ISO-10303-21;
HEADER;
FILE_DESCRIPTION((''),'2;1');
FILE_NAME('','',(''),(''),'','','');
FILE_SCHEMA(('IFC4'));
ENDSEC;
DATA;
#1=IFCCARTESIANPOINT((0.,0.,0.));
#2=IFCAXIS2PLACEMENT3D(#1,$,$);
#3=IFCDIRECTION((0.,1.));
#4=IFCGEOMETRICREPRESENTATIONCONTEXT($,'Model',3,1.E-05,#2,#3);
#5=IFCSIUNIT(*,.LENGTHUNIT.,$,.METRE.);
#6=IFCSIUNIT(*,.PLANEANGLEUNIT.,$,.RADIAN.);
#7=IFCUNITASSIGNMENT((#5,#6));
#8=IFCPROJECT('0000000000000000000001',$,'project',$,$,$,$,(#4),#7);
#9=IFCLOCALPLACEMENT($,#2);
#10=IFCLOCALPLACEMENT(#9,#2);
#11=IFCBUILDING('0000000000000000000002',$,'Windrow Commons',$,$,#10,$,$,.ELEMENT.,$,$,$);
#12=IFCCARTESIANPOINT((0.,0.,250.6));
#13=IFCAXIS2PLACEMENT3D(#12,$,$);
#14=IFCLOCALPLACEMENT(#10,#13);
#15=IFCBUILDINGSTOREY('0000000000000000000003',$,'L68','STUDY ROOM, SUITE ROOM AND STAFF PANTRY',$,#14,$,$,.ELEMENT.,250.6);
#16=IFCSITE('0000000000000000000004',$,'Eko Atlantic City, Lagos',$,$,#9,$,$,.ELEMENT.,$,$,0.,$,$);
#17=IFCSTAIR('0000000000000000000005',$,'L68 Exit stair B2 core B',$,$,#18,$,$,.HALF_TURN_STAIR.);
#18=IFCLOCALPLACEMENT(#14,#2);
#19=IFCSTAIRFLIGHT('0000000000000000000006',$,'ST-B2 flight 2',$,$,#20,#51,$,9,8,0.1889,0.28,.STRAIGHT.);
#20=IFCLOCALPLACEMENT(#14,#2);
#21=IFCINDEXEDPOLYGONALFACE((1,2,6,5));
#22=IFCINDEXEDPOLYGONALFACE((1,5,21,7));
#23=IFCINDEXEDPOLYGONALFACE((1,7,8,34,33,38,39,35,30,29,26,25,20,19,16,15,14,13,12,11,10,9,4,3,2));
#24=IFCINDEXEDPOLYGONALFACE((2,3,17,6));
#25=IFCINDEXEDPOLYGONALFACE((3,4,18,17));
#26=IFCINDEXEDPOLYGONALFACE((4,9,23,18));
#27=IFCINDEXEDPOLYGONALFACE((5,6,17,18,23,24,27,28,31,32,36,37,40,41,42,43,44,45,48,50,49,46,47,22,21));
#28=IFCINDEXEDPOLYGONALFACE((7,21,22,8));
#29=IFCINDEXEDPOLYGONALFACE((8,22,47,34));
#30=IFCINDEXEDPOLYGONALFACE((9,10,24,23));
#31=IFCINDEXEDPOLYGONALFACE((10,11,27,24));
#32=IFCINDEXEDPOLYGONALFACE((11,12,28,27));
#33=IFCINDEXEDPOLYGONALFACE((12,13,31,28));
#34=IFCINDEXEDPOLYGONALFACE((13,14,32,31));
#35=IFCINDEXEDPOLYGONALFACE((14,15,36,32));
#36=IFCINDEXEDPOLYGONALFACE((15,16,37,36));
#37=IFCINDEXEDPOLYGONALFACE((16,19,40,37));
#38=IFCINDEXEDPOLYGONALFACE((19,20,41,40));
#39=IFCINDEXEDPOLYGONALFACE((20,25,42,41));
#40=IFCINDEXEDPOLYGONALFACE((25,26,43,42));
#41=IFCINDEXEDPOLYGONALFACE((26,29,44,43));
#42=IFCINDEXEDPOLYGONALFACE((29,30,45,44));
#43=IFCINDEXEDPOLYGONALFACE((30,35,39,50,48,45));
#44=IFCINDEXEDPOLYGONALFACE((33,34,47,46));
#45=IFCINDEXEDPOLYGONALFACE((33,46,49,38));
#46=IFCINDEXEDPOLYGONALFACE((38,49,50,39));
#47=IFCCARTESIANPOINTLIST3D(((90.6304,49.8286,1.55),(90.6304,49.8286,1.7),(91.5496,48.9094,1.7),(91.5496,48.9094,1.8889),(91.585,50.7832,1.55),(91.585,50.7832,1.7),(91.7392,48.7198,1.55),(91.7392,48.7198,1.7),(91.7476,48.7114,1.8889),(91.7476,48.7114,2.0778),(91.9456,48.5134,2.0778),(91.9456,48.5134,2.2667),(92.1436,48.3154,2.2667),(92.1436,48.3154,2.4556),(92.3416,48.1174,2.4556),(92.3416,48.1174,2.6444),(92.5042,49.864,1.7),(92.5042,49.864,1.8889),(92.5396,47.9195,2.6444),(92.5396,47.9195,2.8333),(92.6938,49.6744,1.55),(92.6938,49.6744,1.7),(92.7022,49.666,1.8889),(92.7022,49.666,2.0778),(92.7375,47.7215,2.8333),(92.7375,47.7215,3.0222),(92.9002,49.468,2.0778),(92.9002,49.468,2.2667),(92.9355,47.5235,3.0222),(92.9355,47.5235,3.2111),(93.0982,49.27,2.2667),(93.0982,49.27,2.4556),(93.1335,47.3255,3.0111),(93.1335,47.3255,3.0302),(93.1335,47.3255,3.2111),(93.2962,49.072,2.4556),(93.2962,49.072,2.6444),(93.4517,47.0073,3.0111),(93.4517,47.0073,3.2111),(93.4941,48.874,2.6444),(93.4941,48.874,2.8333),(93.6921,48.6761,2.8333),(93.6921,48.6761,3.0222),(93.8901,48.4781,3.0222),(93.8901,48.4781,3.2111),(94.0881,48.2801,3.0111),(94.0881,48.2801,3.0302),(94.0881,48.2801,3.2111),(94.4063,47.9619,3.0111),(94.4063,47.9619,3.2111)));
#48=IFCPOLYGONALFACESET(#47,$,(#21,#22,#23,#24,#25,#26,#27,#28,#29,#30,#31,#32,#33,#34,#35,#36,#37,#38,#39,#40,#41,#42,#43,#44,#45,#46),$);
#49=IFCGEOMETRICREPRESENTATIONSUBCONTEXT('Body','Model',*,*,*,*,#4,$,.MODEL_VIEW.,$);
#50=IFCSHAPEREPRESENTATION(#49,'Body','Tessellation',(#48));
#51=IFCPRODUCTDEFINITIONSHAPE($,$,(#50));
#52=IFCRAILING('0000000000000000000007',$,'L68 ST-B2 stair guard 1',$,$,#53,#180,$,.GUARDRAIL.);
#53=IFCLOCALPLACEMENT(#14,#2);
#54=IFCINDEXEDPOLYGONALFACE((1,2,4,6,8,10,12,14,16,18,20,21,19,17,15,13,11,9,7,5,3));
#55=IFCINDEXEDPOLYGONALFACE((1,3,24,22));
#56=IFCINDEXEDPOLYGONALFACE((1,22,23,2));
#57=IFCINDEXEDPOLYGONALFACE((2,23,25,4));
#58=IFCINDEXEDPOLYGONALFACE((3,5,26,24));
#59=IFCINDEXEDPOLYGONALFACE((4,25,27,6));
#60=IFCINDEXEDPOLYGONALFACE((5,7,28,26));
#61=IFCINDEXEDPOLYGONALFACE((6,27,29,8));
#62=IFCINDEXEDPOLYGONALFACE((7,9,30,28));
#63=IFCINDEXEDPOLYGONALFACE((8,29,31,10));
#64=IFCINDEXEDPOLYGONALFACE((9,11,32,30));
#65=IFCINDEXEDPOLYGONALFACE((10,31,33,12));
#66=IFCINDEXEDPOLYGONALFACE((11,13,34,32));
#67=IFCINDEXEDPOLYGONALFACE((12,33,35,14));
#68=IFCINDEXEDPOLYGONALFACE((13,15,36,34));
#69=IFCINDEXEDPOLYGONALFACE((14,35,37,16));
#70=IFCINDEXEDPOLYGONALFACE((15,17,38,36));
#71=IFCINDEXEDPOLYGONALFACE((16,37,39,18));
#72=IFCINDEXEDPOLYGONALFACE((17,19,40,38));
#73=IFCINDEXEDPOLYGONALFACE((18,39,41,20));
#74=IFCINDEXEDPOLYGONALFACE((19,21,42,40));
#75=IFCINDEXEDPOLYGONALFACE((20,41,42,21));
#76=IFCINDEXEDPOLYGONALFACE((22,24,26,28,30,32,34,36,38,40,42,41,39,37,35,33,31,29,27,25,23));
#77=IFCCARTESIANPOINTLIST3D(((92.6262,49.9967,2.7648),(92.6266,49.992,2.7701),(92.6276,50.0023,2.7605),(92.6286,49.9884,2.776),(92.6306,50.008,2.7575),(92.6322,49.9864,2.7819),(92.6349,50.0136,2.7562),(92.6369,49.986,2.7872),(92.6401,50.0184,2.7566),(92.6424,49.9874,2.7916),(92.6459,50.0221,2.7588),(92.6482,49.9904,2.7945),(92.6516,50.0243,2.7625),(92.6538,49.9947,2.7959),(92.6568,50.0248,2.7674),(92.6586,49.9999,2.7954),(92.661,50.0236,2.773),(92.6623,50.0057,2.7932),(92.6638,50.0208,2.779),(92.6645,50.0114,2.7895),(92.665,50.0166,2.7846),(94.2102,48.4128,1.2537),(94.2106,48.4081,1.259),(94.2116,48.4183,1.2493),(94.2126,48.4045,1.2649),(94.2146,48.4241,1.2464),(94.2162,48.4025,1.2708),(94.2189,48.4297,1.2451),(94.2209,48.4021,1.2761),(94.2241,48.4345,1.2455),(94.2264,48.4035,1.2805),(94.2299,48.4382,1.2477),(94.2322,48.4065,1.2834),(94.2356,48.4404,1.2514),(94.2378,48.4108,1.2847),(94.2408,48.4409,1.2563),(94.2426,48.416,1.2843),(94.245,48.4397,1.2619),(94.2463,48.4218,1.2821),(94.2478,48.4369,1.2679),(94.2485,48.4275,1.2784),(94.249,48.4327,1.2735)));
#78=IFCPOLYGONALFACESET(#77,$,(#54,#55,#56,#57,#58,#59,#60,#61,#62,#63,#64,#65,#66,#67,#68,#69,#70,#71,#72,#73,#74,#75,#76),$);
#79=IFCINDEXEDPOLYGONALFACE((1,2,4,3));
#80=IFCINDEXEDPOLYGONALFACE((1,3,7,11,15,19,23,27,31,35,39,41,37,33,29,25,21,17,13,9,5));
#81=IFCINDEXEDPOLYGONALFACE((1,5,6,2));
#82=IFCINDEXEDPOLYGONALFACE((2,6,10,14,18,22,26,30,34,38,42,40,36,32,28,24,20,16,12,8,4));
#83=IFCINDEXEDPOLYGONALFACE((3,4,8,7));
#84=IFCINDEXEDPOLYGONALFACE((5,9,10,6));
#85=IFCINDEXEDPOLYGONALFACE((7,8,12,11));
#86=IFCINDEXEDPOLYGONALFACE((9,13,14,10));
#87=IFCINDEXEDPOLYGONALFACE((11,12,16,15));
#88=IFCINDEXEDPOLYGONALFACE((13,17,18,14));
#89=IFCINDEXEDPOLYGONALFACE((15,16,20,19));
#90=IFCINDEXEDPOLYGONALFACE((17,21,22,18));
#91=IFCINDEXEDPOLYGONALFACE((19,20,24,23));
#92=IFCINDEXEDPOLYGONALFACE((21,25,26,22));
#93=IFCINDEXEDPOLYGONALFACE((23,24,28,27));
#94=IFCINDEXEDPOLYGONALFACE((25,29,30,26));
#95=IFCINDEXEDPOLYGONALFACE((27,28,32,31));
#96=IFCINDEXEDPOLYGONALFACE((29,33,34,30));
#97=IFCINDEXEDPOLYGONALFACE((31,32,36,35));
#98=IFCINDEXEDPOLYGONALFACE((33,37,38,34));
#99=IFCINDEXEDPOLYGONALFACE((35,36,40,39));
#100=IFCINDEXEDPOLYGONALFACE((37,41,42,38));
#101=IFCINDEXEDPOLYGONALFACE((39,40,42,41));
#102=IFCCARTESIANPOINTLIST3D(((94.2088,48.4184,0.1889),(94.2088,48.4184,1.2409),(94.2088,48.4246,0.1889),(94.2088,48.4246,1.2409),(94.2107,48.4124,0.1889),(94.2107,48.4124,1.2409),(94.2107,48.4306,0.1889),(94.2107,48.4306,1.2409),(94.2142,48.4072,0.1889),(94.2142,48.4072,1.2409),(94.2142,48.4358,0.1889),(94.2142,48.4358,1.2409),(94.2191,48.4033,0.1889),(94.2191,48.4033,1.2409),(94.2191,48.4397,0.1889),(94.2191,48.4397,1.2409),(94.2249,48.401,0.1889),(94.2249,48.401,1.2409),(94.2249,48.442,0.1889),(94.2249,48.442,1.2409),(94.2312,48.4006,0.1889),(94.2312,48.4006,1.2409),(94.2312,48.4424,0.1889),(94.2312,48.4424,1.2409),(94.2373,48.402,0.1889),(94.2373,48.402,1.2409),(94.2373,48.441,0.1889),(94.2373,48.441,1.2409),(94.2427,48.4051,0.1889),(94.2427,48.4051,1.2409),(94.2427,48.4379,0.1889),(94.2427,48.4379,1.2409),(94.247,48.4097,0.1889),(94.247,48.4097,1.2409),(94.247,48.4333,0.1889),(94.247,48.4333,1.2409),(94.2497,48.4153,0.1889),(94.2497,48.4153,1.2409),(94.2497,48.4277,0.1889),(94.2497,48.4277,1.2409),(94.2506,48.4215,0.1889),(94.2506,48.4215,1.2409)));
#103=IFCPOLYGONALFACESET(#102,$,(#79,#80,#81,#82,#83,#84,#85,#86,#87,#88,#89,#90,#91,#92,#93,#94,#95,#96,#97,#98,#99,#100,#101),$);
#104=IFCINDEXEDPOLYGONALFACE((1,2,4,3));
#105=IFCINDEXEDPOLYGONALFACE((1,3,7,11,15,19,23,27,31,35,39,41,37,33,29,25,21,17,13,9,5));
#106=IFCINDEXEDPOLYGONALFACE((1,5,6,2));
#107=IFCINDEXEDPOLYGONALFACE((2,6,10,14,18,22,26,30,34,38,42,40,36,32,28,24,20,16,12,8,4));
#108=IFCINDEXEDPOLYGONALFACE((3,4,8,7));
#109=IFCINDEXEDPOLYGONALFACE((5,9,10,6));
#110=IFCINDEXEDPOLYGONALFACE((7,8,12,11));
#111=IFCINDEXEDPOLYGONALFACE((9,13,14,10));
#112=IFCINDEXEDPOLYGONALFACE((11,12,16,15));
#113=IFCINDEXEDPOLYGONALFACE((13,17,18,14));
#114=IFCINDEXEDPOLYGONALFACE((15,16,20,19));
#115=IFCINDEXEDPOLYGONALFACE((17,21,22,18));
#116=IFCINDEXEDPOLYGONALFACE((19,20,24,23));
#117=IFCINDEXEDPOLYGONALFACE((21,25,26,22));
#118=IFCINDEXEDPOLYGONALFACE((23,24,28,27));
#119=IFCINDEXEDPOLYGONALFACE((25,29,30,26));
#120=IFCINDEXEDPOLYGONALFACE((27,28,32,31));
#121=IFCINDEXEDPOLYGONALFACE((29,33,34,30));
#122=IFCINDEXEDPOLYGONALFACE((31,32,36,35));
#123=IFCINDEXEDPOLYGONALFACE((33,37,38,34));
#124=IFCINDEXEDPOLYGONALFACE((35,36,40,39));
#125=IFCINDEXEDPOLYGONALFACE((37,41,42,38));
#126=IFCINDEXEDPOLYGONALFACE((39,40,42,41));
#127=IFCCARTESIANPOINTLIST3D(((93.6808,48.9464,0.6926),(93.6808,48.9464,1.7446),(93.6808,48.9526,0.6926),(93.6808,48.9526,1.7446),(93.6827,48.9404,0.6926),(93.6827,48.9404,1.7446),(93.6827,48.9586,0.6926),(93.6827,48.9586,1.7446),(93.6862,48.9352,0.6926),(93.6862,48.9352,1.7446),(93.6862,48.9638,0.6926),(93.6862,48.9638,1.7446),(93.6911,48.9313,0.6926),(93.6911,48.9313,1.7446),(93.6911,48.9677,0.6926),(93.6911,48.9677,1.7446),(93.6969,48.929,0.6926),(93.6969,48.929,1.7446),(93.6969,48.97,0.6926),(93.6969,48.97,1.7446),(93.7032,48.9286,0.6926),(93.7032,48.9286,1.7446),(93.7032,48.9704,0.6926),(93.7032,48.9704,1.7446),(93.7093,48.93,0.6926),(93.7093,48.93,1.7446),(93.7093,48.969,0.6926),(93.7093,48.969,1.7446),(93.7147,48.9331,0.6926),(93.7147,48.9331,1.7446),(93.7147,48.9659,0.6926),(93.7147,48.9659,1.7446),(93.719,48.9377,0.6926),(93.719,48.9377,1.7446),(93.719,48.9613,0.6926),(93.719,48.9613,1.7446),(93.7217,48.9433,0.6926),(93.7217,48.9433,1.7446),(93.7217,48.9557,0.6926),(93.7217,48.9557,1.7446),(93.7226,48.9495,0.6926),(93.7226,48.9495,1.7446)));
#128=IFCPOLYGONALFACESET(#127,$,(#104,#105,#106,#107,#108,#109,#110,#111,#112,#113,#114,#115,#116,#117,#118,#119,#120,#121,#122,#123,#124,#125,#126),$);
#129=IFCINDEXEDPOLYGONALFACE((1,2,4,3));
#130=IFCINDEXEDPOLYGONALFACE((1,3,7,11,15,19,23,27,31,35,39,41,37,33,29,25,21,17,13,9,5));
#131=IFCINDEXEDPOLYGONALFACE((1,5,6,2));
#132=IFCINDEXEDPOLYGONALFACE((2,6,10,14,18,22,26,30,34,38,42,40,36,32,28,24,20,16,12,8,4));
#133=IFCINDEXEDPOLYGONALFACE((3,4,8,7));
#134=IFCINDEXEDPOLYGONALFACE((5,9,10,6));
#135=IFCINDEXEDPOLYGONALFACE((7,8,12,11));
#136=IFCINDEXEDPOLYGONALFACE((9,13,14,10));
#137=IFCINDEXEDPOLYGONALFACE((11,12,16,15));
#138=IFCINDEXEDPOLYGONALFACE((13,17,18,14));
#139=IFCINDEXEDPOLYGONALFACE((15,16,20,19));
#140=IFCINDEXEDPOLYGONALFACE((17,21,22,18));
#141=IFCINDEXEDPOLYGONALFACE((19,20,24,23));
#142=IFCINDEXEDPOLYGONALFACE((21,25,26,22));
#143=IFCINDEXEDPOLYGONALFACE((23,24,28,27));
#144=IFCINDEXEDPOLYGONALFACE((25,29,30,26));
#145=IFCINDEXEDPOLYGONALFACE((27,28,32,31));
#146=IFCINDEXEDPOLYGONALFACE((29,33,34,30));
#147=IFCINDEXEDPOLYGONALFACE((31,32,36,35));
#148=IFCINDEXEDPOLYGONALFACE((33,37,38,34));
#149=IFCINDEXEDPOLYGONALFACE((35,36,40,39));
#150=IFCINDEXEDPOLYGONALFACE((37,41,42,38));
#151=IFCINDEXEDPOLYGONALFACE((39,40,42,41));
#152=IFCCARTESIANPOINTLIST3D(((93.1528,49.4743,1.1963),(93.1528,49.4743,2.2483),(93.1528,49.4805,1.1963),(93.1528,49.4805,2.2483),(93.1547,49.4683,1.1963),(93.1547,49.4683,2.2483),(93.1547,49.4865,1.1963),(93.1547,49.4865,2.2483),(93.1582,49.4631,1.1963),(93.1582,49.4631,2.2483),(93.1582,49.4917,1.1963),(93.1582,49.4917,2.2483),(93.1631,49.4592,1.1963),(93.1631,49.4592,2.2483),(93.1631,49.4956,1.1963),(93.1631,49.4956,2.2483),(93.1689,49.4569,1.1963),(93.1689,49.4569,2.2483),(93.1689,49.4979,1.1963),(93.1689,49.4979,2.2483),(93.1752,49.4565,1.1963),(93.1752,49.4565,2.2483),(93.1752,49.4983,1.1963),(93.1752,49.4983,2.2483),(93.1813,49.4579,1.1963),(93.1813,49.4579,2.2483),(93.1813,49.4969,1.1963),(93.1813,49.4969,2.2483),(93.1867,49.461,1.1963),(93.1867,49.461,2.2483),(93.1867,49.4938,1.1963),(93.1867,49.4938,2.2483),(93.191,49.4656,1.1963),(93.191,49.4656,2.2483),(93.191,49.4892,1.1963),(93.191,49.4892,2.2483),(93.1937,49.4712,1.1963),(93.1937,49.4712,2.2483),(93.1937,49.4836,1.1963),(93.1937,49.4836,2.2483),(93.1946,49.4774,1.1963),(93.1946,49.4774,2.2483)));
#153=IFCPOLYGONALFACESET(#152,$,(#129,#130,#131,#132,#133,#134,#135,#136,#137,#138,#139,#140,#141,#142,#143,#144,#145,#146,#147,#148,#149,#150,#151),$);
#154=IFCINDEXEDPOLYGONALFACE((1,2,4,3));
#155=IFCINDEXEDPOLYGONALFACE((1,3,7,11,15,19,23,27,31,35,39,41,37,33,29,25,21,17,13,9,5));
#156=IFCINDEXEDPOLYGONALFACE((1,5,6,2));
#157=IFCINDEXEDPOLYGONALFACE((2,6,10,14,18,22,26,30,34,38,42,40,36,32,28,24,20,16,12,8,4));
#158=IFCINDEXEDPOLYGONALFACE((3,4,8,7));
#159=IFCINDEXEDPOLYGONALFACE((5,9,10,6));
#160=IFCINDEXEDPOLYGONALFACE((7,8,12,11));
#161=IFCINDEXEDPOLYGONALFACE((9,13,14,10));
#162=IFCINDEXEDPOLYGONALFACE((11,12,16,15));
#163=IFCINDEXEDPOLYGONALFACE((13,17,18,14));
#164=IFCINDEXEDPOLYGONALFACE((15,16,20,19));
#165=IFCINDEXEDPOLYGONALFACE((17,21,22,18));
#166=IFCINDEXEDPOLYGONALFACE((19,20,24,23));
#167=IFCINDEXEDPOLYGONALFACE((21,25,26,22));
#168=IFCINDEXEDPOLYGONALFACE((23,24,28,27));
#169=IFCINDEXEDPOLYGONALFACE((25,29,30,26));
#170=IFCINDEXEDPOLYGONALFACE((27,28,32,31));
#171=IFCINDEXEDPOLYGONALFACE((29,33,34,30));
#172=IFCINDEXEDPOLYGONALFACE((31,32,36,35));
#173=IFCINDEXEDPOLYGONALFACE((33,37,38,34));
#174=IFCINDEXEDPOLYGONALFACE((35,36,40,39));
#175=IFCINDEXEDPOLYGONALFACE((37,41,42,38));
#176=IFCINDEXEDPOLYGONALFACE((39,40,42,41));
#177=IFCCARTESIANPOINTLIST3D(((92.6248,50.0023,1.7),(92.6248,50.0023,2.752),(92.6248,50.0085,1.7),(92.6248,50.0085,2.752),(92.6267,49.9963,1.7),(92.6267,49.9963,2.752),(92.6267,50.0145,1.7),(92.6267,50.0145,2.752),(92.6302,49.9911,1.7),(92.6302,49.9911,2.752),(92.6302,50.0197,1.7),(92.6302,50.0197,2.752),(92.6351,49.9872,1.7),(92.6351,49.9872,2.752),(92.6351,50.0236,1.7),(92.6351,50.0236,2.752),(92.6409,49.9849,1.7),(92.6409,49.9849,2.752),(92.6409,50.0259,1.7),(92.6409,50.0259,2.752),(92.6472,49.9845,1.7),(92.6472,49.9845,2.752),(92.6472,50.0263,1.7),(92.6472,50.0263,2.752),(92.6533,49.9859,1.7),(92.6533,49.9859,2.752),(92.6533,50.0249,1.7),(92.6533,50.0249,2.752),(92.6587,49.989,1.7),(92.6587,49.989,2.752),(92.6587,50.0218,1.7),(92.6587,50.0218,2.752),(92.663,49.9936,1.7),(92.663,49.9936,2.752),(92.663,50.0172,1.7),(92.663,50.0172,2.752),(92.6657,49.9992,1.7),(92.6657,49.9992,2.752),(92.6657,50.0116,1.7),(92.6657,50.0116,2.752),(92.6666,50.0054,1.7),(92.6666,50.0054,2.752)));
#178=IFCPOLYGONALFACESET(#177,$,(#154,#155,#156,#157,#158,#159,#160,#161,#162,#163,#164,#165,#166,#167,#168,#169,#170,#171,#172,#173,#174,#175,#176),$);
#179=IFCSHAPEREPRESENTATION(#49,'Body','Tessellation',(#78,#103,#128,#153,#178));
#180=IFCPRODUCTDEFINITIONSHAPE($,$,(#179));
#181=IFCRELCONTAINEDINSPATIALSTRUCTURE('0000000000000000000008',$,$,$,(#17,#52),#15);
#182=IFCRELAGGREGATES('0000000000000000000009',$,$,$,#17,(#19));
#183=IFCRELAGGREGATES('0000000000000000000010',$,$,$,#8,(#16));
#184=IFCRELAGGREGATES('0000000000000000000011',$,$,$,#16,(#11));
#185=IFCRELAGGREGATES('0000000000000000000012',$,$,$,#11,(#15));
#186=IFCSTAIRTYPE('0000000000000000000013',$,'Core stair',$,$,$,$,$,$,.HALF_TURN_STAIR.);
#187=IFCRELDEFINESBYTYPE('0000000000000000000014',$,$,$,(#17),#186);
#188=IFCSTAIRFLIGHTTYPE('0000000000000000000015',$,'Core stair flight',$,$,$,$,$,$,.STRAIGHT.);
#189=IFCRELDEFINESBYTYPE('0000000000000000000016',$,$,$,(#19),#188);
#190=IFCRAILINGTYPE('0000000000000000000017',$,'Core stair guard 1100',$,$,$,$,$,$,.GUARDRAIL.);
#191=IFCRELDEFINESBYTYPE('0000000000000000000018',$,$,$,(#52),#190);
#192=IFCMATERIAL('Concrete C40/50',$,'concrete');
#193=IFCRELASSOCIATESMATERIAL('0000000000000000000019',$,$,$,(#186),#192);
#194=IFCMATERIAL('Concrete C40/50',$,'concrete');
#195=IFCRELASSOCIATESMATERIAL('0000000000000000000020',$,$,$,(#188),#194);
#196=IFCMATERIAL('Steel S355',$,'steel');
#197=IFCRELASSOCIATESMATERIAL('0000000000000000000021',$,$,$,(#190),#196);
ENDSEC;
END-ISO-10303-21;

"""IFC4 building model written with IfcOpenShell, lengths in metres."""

from ifc_helpers import new_model, si_unit, direction, frame, origin, origin_2d, place, context, subcontext, project, spatial, polyline, circle, outline, extrude, material, type_object, element, aggregate, save


model = new_model("IFC4")

# Units and contexts
model_context = context("Model", 3, precision=1e-05, world=origin(), true_north=direction((0.0, 1.0)))
body_context = subcontext(model_context, "Body", "Model", "MODEL_VIEW")
ifc_project = project(units=[si_unit("LENGTHUNIT", "METRE"), si_unit("PLANEANGLEUNIT", "RADIAN")], contexts=[model_context])

# Site, building, storey
site_placement = place(None, origin())
site = spatial("IfcSite", under=ifc_project, at=site_placement, Name="Eko Atlantic City, Lagos", CompositionType="ELEMENT", RefElevation=0.0)
building_placement = place(site_placement, origin())
building = spatial("IfcBuilding", under=site, at=building_placement, Name="Windrow Commons", CompositionType="ELEMENT")
storey_placement = place(building_placement, frame((0.0, 0.0, 250.6)))
storey = spatial("IfcBuildingStorey", under=building, at=storey_placement, Name="L68", Description="STUDY ROOM, SUITE ROOM AND STAFF PANTRY", CompositionType="ELEMENT", Elevation=250.6)

# Stair, stair flight
ifc_material_1 = material(Name="Concrete C40/50", Category="concrete")
stair_type = type_object("IfcStairType", Name="Core stair", PredefinedType="HALF_TURN_STAIR", material=ifc_material_1)
stair_placement = place(storey_placement, origin())
stair = element("IfcStair", 1, at=stair_placement, inside=storey, type_object=stair_type, Name="L68 Exit stair B2 core B", PredefinedType="HALF_TURN_STAIR")
ifc_material_2 = material(Name="Concrete C40/50", Category="concrete")
stair_flight_type = type_object("IfcStairFlightType", Name="Core stair flight", PredefinedType="STRAIGHT", material=ifc_material_2)
stair_flight_1_placement = place(storey_placement, frame((92.0269, 49.3867, 1.7), z_axis=(0.0, 0.0, 1.0), x_axis=(0.707107, -0.707107, 0.0)))
stair_flight_1 = element("IfcStairFlight", 2, at=stair_flight_1_placement, type_object=stair_flight_type, Name="ST-B2 flight 2", NumberOfRisers=9, NumberOfTreads=8, PredefinedType="STRAIGHT", RiserHeight=0.1889, TreadLength=0.28, context=body_context, shape_type="SweptSolid", body=[
    extrude(outline(polyline([(-1.3, -0.15), (-1.3, 0.0), (0.0, 0.0), (0.0, 0.1889), (0.28, 0.1889), (0.28, 0.3778), (0.56, 0.3778), (0.56, 0.5667), (0.84, 0.5667), (0.84, 0.7556), (1.12, 0.7556), (1.12, 0.9444), (1.4, 0.9444), (1.4, 1.1333), (1.68, 1.1333), (1.68, 1.3222), (1.96, 1.3222), (1.96, 1.5111), (2.24, 1.5111), (2.69, 1.5111), (2.69, 1.3111), (2.24, 1.3111), (2.24, 1.3302), (0.2682, 0.0), (0.2682, -0.15), (-1.3, -0.15)])), frame((0.0, 0.675, 0.0), z_axis=(0.0, -1.0, 0.0), x_axis=(1.0, 0.0, 0.0)), (0.0, 0.0, 1.0), 1.35),
])
aggregate(stair, [stair_flight_1])

# Railing
ifc_material_3 = material(Name="Steel S355", Category="steel")
railing_type_1 = type_object("IfcRailingType", Name="Core stair guard 1100", PredefinedType="GUARDRAIL", material=ifc_material_3)
railing_1_placement = place(storey_placement, frame((94.2296, 48.4215, 0.1889)))
element("IfcRailing", 3, at=railing_1_placement, inside=storey, type_object=railing_type_1, Name="L68 ST-B2 stair guard 1", PredefinedType="GUARDRAIL", context=body_context, shape_type="SweptSolid", body=[
    extrude(circle(Radius=0.024, at=origin_2d()), frame((0.0, 0.0, 1.076), z_axis=(-0.586216, 0.586179, 0.559237), x_axis=(-0.707084, -0.707129, 0.0)), (0.0, 0.0, 1.0), 2.7021),
    extrude(circle(Radius=0.021, at=origin_2d()), origin(), (0.0, 0.0, 1.0), 1.052),
    extrude(circle(Radius=0.021, at=origin_2d()), frame((-0.528, 0.528, 0.5037)), (0.0, 0.0, 1.0), 1.052),
    extrude(circle(Radius=0.021, at=origin_2d()), frame((-1.056, 1.0559, 1.0074)), (0.0, 0.0, 1.0), 1.052),
    extrude(circle(Radius=0.021, at=origin_2d()), frame((-1.584, 1.5839, 1.5111)), (0.0, 0.0, 1.0), 1.052),
])

save(model, "model.ifc")
